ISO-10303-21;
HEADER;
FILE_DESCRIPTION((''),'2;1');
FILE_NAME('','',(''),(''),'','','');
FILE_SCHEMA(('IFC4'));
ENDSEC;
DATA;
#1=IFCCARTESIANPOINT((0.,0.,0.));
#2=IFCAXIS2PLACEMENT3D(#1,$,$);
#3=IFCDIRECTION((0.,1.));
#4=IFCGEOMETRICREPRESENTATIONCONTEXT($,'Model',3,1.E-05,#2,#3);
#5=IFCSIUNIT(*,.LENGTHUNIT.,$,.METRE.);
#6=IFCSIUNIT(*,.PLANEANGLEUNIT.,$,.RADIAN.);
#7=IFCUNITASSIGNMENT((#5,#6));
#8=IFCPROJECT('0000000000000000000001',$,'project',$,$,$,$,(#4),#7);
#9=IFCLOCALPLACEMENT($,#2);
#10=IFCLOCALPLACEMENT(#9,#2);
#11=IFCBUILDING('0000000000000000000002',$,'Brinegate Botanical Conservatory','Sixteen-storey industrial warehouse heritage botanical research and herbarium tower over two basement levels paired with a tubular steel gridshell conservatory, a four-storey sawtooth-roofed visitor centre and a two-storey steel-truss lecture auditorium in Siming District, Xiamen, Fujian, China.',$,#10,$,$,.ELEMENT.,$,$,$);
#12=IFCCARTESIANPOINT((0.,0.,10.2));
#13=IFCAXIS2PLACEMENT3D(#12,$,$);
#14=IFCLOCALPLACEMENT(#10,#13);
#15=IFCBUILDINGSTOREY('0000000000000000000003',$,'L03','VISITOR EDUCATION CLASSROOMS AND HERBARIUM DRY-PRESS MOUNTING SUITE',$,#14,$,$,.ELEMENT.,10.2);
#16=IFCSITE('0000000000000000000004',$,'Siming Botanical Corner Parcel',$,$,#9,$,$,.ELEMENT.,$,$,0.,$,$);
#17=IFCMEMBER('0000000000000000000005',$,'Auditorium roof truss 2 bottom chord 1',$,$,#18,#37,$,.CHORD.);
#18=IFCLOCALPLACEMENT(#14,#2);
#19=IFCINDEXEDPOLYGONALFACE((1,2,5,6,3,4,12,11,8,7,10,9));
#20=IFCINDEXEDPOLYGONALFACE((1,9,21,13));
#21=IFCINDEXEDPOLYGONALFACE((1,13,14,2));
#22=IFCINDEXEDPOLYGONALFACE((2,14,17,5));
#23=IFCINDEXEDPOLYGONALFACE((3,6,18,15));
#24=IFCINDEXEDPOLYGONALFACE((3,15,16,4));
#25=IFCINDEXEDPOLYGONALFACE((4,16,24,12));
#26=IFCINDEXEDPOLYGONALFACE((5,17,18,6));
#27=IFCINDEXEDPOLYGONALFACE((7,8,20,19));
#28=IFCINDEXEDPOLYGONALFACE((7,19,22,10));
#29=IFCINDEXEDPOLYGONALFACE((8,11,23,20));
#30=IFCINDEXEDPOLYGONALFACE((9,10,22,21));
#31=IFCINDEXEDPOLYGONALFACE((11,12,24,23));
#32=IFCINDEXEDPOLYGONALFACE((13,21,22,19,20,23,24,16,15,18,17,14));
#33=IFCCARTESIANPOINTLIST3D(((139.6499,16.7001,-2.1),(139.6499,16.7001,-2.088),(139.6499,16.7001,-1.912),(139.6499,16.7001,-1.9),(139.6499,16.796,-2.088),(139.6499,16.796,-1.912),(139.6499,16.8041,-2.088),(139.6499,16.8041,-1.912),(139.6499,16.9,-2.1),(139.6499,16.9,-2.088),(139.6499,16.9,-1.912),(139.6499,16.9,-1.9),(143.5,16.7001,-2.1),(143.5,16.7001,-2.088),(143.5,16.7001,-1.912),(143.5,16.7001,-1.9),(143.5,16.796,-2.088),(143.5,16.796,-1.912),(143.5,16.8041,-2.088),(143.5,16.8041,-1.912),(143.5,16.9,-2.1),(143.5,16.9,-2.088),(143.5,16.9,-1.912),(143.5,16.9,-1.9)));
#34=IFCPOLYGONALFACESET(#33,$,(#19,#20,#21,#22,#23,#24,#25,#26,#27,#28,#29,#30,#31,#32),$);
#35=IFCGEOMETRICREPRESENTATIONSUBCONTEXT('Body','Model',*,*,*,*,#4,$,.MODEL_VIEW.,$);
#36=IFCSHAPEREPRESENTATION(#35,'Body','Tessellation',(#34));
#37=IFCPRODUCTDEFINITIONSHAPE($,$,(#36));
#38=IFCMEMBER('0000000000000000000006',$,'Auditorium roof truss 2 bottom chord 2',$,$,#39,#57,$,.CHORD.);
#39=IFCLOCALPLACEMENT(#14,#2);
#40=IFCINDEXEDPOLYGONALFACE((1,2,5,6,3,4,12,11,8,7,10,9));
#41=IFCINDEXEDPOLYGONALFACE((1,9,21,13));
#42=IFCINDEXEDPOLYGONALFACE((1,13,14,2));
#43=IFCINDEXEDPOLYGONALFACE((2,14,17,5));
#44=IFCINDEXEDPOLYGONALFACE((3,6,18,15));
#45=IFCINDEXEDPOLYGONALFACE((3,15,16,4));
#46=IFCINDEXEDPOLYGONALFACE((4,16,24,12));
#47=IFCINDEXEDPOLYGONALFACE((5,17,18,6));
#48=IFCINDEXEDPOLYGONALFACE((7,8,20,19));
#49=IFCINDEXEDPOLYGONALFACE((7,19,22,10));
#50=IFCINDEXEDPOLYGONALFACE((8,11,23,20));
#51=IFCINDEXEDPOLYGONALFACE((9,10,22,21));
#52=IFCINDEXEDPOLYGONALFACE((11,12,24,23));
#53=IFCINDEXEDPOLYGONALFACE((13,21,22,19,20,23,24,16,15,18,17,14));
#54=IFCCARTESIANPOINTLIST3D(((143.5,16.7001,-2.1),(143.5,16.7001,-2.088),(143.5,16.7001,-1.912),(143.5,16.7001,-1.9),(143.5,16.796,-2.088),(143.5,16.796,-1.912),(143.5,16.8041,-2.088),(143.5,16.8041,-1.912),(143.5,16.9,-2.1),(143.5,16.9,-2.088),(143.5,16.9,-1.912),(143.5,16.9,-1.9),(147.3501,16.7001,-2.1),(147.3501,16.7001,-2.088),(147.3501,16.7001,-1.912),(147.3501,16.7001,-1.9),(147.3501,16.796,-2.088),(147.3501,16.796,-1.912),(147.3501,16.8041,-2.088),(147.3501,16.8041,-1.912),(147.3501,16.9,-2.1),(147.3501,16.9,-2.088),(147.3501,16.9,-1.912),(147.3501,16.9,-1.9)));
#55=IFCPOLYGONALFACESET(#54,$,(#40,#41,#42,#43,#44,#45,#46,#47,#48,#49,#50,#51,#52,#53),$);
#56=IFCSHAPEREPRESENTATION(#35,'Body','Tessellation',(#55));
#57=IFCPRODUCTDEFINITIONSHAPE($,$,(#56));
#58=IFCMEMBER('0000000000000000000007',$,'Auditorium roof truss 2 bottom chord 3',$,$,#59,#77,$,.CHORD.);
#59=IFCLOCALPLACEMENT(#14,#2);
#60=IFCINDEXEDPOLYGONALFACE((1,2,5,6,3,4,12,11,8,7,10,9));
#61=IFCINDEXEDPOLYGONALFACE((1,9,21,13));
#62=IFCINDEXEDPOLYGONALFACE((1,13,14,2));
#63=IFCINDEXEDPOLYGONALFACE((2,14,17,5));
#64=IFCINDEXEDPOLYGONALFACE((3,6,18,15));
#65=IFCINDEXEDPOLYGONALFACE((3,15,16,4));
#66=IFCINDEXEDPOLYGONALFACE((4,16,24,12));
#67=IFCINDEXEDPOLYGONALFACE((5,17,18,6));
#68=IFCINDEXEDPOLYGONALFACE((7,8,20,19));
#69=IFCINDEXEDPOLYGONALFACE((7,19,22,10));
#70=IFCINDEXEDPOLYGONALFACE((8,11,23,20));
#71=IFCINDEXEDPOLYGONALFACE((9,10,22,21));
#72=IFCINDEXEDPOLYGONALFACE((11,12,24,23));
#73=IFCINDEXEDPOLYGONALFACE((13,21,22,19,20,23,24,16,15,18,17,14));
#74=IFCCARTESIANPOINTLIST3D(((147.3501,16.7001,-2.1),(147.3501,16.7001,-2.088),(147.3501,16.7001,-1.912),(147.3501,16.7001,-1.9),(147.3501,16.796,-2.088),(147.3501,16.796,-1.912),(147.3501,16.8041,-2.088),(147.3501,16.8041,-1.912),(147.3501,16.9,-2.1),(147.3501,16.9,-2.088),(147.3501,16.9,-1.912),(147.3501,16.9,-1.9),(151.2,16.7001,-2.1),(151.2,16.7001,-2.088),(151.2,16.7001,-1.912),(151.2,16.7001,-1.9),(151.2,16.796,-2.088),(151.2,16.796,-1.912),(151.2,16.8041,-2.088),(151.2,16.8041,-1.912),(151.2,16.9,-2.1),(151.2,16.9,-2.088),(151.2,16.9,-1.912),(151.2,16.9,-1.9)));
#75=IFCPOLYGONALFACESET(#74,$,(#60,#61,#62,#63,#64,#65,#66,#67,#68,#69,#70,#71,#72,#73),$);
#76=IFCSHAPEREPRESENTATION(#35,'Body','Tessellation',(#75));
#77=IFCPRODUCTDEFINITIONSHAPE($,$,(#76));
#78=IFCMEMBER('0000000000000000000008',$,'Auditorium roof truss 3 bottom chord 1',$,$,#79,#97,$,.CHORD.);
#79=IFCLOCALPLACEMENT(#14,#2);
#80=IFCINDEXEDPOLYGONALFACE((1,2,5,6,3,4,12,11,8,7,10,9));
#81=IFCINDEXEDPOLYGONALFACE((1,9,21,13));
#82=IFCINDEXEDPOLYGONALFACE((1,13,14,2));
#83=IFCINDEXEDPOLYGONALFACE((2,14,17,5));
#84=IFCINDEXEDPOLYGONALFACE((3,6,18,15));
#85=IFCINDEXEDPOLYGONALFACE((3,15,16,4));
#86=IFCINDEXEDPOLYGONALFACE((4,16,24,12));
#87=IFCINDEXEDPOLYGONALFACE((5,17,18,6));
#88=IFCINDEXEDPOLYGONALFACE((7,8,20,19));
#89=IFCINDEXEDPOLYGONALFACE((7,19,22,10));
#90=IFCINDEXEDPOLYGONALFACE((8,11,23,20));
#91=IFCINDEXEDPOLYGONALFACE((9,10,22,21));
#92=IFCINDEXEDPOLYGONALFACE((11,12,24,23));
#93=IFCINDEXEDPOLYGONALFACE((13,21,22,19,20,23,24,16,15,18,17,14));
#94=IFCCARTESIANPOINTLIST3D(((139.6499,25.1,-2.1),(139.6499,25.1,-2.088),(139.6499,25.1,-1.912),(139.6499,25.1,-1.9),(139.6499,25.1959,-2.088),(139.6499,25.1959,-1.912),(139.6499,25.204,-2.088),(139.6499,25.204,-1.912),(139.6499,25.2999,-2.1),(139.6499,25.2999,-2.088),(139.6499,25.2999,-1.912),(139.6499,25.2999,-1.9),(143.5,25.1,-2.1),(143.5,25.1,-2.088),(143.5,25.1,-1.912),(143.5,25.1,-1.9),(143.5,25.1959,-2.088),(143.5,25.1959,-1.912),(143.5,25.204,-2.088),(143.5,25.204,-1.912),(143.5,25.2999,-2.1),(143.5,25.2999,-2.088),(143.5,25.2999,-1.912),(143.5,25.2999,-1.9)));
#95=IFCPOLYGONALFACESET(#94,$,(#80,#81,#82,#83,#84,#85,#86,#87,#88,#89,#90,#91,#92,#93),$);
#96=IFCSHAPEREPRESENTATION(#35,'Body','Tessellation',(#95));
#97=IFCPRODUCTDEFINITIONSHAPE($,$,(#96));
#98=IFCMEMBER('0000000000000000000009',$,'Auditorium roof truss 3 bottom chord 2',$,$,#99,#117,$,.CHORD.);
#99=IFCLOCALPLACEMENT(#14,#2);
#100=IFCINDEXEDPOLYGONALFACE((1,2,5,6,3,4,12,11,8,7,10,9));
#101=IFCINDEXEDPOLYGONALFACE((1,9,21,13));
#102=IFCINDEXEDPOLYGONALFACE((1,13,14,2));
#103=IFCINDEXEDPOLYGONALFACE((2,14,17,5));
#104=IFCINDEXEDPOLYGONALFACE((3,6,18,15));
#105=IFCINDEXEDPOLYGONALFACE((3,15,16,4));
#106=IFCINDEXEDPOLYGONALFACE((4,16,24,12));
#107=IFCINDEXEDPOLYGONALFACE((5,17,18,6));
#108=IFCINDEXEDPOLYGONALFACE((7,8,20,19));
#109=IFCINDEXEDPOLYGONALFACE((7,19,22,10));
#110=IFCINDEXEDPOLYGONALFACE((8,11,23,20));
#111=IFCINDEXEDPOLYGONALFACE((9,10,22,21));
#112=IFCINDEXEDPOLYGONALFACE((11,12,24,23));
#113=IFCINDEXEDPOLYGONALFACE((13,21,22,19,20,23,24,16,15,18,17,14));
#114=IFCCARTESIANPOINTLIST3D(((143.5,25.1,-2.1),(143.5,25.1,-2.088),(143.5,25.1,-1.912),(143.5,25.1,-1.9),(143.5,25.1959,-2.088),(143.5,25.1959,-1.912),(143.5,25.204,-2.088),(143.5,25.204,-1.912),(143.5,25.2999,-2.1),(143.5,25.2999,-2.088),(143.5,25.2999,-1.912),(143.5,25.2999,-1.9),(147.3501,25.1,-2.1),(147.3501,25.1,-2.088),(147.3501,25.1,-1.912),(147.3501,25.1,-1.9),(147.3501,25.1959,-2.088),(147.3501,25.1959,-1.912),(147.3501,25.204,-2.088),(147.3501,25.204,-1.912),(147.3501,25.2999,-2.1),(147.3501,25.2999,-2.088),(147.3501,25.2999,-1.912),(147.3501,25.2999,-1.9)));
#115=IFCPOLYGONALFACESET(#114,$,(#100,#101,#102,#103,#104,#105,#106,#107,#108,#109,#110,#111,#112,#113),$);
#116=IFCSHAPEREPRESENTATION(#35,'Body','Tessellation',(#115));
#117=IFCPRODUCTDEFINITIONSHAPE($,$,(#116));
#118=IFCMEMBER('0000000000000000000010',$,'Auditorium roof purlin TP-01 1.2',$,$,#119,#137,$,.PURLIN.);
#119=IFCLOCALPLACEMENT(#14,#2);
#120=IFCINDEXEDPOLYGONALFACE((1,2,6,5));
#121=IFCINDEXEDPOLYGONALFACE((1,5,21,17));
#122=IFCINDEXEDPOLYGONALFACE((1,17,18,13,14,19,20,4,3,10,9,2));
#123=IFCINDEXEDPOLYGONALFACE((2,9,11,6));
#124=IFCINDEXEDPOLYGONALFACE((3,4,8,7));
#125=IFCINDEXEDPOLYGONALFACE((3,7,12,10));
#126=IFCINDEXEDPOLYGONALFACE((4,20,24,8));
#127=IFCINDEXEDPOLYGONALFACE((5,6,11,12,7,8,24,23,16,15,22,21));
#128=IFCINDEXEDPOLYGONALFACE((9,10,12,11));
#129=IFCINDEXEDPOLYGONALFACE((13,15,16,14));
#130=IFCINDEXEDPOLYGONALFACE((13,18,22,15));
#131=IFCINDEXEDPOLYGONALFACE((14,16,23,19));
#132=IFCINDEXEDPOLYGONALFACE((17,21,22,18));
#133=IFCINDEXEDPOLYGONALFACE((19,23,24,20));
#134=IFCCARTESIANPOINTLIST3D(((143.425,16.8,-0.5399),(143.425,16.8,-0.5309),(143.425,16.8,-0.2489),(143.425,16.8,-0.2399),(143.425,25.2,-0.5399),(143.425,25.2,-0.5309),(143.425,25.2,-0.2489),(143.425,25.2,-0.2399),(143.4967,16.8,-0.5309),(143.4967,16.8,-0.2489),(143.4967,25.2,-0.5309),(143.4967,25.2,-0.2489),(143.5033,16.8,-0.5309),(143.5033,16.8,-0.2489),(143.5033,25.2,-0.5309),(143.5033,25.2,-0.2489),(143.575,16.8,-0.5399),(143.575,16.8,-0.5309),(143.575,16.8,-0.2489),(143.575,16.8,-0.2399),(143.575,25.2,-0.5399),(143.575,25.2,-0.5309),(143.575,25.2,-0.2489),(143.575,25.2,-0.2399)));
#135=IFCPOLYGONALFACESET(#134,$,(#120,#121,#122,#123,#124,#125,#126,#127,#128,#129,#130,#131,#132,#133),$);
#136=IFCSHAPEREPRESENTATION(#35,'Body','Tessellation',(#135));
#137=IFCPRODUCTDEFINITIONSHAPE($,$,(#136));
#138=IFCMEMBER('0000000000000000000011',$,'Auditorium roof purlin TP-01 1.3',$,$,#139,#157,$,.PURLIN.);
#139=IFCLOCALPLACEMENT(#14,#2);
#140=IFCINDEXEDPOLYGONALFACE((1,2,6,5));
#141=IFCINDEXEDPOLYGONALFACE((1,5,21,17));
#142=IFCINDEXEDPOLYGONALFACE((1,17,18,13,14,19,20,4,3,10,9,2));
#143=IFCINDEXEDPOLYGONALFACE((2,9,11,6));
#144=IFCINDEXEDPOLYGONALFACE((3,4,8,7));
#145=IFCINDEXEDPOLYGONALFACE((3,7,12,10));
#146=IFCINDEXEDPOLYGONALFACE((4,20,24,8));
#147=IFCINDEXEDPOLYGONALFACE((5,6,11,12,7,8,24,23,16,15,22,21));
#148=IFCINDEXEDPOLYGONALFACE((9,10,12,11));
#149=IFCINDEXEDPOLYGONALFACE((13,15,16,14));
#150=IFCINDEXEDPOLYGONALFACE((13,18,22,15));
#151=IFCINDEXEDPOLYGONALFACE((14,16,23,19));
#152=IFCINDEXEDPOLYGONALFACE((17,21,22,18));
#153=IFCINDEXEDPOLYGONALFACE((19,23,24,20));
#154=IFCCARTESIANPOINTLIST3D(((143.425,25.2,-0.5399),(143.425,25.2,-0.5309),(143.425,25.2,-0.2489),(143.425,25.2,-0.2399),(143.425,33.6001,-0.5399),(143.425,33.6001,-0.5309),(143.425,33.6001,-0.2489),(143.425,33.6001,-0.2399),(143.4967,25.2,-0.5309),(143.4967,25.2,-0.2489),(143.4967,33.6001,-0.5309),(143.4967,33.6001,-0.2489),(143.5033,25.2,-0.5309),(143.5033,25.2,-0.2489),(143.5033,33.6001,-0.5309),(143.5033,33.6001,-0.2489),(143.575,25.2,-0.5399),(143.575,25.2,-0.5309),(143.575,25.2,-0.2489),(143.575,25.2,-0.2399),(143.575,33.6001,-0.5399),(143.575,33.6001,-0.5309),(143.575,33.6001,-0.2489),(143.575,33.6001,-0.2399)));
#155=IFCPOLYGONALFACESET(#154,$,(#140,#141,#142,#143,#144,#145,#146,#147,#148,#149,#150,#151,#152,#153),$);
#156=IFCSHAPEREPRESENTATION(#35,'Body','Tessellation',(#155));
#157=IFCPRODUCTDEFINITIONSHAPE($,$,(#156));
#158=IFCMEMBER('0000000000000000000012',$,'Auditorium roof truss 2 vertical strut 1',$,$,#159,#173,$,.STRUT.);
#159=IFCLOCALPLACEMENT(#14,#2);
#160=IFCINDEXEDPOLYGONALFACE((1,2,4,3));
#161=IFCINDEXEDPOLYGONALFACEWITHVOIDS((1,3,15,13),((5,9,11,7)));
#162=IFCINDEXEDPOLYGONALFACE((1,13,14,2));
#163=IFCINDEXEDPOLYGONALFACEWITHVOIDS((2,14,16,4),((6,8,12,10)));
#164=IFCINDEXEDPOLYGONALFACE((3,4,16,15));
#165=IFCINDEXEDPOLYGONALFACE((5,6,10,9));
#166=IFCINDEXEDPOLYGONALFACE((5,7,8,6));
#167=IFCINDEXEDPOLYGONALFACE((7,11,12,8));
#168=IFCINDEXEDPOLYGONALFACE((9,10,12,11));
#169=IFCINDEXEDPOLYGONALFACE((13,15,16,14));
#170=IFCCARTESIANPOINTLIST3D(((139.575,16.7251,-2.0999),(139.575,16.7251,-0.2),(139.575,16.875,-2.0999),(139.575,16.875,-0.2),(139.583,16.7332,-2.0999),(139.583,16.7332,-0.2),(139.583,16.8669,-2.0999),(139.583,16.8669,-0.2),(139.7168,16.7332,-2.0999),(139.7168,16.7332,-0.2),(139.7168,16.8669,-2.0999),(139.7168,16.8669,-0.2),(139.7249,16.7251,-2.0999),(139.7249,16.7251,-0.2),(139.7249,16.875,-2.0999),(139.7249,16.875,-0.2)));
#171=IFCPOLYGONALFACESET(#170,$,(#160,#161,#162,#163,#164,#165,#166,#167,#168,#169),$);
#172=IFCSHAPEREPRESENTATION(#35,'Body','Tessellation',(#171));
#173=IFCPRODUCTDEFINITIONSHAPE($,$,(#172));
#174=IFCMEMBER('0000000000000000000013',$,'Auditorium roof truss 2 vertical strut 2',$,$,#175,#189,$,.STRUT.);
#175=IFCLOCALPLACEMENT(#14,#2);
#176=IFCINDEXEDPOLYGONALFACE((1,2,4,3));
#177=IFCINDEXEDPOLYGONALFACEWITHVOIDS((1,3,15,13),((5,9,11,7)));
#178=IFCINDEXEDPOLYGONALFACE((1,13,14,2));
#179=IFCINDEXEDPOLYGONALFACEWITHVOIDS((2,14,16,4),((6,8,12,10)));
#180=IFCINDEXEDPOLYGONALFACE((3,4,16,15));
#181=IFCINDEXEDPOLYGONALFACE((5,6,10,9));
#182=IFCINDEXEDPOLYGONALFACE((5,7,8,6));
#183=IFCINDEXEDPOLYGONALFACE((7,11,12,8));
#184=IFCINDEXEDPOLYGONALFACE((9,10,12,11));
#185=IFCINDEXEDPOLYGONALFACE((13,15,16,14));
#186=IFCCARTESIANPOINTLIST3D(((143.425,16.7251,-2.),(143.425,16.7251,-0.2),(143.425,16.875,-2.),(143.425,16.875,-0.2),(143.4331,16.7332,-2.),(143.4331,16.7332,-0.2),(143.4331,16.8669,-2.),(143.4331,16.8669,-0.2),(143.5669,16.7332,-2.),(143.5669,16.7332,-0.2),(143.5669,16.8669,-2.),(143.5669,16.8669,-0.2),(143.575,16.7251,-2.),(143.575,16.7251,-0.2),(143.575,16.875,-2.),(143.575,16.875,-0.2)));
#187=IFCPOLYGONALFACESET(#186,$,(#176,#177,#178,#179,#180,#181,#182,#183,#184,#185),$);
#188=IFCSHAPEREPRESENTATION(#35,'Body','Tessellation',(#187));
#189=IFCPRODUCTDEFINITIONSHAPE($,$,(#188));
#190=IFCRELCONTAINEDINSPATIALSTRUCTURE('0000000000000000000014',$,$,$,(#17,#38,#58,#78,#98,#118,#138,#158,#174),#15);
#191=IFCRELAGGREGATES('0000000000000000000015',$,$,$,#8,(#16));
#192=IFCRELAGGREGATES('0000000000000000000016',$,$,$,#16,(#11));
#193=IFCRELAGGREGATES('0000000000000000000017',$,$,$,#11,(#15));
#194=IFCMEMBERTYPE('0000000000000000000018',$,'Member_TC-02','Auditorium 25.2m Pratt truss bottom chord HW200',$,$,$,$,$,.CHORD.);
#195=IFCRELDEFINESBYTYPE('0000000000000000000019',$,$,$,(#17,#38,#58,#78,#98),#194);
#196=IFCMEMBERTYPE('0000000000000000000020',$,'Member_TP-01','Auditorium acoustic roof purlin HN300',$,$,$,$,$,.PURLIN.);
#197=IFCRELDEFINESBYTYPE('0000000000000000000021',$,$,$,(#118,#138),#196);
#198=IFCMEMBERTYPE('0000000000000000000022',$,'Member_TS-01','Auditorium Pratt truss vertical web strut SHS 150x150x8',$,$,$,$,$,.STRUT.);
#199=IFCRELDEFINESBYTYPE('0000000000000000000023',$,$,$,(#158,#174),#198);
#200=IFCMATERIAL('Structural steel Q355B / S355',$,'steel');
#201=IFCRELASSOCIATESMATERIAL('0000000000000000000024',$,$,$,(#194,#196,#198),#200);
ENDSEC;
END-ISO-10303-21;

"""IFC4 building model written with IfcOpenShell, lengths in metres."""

from ifc_helpers import new_model, si_unit, direction, frame, origin, origin_2d, place, context, subcontext, project, spatial, hollow_rectangle, i_section, extrude, material, material_profile, profile_set, type_object, element, save


model = new_model("IFC4")

# Units and contexts
model_context = context("Model", 3, precision=1e-05, world=origin(), true_north=direction((0.0, 1.0)))
body_context = subcontext(model_context, "Body", "Model", "MODEL_VIEW")
ifc_project = project(units=[si_unit("LENGTHUNIT", "METRE"), si_unit("PLANEANGLEUNIT", "RADIAN")], contexts=[model_context])

# Site, building, storey
site_placement = place(None, origin())
site = spatial("IfcSite", under=ifc_project, at=site_placement, Name="Siming Botanical Corner Parcel", CompositionType="ELEMENT", RefElevation=0.0)
building_placement = place(site_placement, origin())
building = spatial("IfcBuilding", under=site, at=building_placement, Name="Brinegate Botanical Conservatory", Description="Sixteen-storey industrial warehouse heritage botanical research and herbarium tower over two basement levels paired with a tubular steel gridshell conservatory, a four-storey sawtooth-roofed visitor centre and a two-storey steel-truss lecture auditorium in Siming District, Xiamen, Fujian, China.", CompositionType="ELEMENT")
storey_placement = place(building_placement, frame((0.0, 0.0, 10.2)))
storey = spatial("IfcBuildingStorey", under=building, at=storey_placement, Name="L03", Description="VISITOR EDUCATION CLASSROOMS AND HERBARIUM DRY-PRESS MOUNTING SUITE", CompositionType="ELEMENT", Elevation=10.2)

# Members
ifc_material_1 = material(Name="Structural steel Q355B / S355", Category="steel")
ifc_material_profile_1 = material_profile(ifc_material_1, i_section(OverallWidth=0.2, OverallDepth=0.2, WebThickness=0.0081, FlangeThickness=0.012, at=origin_2d()), Name="HW 200x200x8x12")
ifc_profile_set_1 = profile_set([ifc_material_profile_1], Name="Structural steel Q355B / S355")
member_type_1 = type_object("IfcMemberType", Name="Member_TC-02", Description="Auditorium 25.2m Pratt truss bottom chord HW200", PredefinedType="CHORD", material=ifc_profile_set_1)
for number, where, z_axis, x_axis, name in (
    (1, (139.6499, 16.8, -2.0), (1.0, 0.0, 0.0), (0.0, 1.0, 0.0), "Auditorium roof truss 2 bottom chord 1"),
    (2, (143.5, 16.8, -2.0), (1.0, 0.0, 0.0), (0.0, 1.0, 0.0), "Auditorium roof truss 2 bottom chord 2"),
):
    element("IfcMember", number, at=place(storey_placement, frame(where, z_axis=z_axis, x_axis=x_axis)), inside=storey, type_object=member_type_1, Name=name, PredefinedType="CHORD", context=body_context, shape_type="SweptSolid", body=[
        extrude(i_section(OverallWidth=0.2, OverallDepth=0.2, WebThickness=0.0081, FlangeThickness=0.012, at=origin_2d()), origin(), (0.0, 0.0, 1.0), 3.8501),
    ])
member_1_placement = place(storey_placement, frame((147.3501, 16.8, -2.0), z_axis=(1.0, 0.0, 0.0), x_axis=(0.0, 1.0, 0.0)))
element("IfcMember", 3, at=member_1_placement, inside=storey, type_object=member_type_1, Name="Auditorium roof truss 2 bottom chord 3", PredefinedType="CHORD", context=body_context, shape_type="SweptSolid", body=[
    extrude(i_section(OverallWidth=0.2, OverallDepth=0.2, WebThickness=0.0081, FlangeThickness=0.012, at=origin_2d()), origin(), (0.0, 0.0, 1.0), 3.8499),
])
for number, where, z_axis, x_axis, name in (
    (4, (139.6499, 25.2, -2.0), (1.0, 0.0, 0.0), (0.0, 1.0, 0.0), "Auditorium roof truss 3 bottom chord 1"),
    (5, (143.5, 25.2, -2.0), (1.0, 0.0, 0.0), (0.0, 1.0, 0.0), "Auditorium roof truss 3 bottom chord 2"),
):
    element("IfcMember", number, at=place(storey_placement, frame(where, z_axis=z_axis, x_axis=x_axis)), inside=storey, type_object=member_type_1, Name=name, PredefinedType="CHORD", context=body_context, shape_type="SweptSolid", body=[
        extrude(i_section(OverallWidth=0.2, OverallDepth=0.2, WebThickness=0.0081, FlangeThickness=0.012, at=origin_2d()), origin(), (0.0, 0.0, 1.0), 3.8501),
    ])
ifc_material_profile_2 = material_profile(ifc_material_1, i_section(OverallWidth=0.1499, OverallDepth=0.3, WebThickness=0.0066, FlangeThickness=0.009, at=origin_2d()), Name="HN 300x150x6.5x9")
ifc_profile_set_2 = profile_set([ifc_material_profile_2], Name="Structural steel Q355B / S355")
member_type_2 = type_object("IfcMemberType", Name="Member_TP-01", Description="Auditorium acoustic roof purlin HN300", PredefinedType="PURLIN", material=ifc_profile_set_2)
member_2_placement = place(storey_placement, frame((143.5, 16.8, -0.3899), z_axis=(0.0, 1.0, 0.0), x_axis=(-1.0, 0.0, 0.0)))
element("IfcMember", 6, at=member_2_placement, inside=storey, type_object=member_type_2, Name="Auditorium roof purlin TP-01 1.2", PredefinedType="PURLIN", context=body_context, shape_type="SweptSolid", body=[
    extrude(i_section(OverallWidth=0.1499, OverallDepth=0.3, WebThickness=0.0066, FlangeThickness=0.009, at=origin_2d()), origin(), (0.0, 0.0, 1.0), 8.3999),
])
member_3_placement = place(storey_placement, frame((143.5, 25.2, -0.3899), z_axis=(0.0, 1.0, 0.0), x_axis=(-1.0, 0.0, 0.0)))
element("IfcMember", 7, at=member_3_placement, inside=storey, type_object=member_type_2, Name="Auditorium roof purlin TP-01 1.3", PredefinedType="PURLIN", context=body_context, shape_type="SweptSolid", body=[
    extrude(i_section(OverallWidth=0.1499, OverallDepth=0.3, WebThickness=0.0066, FlangeThickness=0.009, at=origin_2d()), origin(), (0.0, 0.0, 1.0), 8.4001),
])
ifc_material_profile_3 = material_profile(ifc_material_1, hollow_rectangle(XDim=0.1499, YDim=0.1499, WallThickness=0.0081, at=origin_2d()), Name="SHS 150x150x8")
ifc_profile_set_3 = profile_set([ifc_material_profile_3], Name="Structural steel Q355B / S355")
member_type_3 = type_object("IfcMemberType", Name="Member_TS-01", Description="Auditorium Pratt truss vertical web strut SHS 150x150x8", PredefinedType="STRUT", material=ifc_profile_set_3)
member_4_placement = place(storey_placement, frame((139.6499, 16.8, -2.0999), z_axis=(0.0, 0.0, 1.0), x_axis=(1.0, 0.0, 0.0)))
element("IfcMember", 8, at=member_4_placement, inside=storey, type_object=member_type_3, Name="Auditorium roof truss 2 vertical strut 1", PredefinedType="STRUT", context=body_context, shape_type="SweptSolid", body=[
    extrude(hollow_rectangle(XDim=0.1499, YDim=0.1499, WallThickness=0.0081, at=origin_2d()), origin(), (0.0, 0.0, 1.0), 1.8999),
])
member_5_placement = place(storey_placement, frame((143.5, 16.8, -2.0), z_axis=(0.0, 0.0, 1.0), x_axis=(1.0, 0.0, 0.0)))
element("IfcMember", 9, at=member_5_placement, inside=storey, type_object=member_type_3, Name="Auditorium roof truss 2 vertical strut 2", PredefinedType="STRUT", context=body_context, shape_type="SweptSolid", body=[
    extrude(hollow_rectangle(XDim=0.1499, YDim=0.1499, WallThickness=0.0081, at=origin_2d()), origin(), (0.0, 0.0, 1.0), 1.8),
])

save(model, "model.ifc")
